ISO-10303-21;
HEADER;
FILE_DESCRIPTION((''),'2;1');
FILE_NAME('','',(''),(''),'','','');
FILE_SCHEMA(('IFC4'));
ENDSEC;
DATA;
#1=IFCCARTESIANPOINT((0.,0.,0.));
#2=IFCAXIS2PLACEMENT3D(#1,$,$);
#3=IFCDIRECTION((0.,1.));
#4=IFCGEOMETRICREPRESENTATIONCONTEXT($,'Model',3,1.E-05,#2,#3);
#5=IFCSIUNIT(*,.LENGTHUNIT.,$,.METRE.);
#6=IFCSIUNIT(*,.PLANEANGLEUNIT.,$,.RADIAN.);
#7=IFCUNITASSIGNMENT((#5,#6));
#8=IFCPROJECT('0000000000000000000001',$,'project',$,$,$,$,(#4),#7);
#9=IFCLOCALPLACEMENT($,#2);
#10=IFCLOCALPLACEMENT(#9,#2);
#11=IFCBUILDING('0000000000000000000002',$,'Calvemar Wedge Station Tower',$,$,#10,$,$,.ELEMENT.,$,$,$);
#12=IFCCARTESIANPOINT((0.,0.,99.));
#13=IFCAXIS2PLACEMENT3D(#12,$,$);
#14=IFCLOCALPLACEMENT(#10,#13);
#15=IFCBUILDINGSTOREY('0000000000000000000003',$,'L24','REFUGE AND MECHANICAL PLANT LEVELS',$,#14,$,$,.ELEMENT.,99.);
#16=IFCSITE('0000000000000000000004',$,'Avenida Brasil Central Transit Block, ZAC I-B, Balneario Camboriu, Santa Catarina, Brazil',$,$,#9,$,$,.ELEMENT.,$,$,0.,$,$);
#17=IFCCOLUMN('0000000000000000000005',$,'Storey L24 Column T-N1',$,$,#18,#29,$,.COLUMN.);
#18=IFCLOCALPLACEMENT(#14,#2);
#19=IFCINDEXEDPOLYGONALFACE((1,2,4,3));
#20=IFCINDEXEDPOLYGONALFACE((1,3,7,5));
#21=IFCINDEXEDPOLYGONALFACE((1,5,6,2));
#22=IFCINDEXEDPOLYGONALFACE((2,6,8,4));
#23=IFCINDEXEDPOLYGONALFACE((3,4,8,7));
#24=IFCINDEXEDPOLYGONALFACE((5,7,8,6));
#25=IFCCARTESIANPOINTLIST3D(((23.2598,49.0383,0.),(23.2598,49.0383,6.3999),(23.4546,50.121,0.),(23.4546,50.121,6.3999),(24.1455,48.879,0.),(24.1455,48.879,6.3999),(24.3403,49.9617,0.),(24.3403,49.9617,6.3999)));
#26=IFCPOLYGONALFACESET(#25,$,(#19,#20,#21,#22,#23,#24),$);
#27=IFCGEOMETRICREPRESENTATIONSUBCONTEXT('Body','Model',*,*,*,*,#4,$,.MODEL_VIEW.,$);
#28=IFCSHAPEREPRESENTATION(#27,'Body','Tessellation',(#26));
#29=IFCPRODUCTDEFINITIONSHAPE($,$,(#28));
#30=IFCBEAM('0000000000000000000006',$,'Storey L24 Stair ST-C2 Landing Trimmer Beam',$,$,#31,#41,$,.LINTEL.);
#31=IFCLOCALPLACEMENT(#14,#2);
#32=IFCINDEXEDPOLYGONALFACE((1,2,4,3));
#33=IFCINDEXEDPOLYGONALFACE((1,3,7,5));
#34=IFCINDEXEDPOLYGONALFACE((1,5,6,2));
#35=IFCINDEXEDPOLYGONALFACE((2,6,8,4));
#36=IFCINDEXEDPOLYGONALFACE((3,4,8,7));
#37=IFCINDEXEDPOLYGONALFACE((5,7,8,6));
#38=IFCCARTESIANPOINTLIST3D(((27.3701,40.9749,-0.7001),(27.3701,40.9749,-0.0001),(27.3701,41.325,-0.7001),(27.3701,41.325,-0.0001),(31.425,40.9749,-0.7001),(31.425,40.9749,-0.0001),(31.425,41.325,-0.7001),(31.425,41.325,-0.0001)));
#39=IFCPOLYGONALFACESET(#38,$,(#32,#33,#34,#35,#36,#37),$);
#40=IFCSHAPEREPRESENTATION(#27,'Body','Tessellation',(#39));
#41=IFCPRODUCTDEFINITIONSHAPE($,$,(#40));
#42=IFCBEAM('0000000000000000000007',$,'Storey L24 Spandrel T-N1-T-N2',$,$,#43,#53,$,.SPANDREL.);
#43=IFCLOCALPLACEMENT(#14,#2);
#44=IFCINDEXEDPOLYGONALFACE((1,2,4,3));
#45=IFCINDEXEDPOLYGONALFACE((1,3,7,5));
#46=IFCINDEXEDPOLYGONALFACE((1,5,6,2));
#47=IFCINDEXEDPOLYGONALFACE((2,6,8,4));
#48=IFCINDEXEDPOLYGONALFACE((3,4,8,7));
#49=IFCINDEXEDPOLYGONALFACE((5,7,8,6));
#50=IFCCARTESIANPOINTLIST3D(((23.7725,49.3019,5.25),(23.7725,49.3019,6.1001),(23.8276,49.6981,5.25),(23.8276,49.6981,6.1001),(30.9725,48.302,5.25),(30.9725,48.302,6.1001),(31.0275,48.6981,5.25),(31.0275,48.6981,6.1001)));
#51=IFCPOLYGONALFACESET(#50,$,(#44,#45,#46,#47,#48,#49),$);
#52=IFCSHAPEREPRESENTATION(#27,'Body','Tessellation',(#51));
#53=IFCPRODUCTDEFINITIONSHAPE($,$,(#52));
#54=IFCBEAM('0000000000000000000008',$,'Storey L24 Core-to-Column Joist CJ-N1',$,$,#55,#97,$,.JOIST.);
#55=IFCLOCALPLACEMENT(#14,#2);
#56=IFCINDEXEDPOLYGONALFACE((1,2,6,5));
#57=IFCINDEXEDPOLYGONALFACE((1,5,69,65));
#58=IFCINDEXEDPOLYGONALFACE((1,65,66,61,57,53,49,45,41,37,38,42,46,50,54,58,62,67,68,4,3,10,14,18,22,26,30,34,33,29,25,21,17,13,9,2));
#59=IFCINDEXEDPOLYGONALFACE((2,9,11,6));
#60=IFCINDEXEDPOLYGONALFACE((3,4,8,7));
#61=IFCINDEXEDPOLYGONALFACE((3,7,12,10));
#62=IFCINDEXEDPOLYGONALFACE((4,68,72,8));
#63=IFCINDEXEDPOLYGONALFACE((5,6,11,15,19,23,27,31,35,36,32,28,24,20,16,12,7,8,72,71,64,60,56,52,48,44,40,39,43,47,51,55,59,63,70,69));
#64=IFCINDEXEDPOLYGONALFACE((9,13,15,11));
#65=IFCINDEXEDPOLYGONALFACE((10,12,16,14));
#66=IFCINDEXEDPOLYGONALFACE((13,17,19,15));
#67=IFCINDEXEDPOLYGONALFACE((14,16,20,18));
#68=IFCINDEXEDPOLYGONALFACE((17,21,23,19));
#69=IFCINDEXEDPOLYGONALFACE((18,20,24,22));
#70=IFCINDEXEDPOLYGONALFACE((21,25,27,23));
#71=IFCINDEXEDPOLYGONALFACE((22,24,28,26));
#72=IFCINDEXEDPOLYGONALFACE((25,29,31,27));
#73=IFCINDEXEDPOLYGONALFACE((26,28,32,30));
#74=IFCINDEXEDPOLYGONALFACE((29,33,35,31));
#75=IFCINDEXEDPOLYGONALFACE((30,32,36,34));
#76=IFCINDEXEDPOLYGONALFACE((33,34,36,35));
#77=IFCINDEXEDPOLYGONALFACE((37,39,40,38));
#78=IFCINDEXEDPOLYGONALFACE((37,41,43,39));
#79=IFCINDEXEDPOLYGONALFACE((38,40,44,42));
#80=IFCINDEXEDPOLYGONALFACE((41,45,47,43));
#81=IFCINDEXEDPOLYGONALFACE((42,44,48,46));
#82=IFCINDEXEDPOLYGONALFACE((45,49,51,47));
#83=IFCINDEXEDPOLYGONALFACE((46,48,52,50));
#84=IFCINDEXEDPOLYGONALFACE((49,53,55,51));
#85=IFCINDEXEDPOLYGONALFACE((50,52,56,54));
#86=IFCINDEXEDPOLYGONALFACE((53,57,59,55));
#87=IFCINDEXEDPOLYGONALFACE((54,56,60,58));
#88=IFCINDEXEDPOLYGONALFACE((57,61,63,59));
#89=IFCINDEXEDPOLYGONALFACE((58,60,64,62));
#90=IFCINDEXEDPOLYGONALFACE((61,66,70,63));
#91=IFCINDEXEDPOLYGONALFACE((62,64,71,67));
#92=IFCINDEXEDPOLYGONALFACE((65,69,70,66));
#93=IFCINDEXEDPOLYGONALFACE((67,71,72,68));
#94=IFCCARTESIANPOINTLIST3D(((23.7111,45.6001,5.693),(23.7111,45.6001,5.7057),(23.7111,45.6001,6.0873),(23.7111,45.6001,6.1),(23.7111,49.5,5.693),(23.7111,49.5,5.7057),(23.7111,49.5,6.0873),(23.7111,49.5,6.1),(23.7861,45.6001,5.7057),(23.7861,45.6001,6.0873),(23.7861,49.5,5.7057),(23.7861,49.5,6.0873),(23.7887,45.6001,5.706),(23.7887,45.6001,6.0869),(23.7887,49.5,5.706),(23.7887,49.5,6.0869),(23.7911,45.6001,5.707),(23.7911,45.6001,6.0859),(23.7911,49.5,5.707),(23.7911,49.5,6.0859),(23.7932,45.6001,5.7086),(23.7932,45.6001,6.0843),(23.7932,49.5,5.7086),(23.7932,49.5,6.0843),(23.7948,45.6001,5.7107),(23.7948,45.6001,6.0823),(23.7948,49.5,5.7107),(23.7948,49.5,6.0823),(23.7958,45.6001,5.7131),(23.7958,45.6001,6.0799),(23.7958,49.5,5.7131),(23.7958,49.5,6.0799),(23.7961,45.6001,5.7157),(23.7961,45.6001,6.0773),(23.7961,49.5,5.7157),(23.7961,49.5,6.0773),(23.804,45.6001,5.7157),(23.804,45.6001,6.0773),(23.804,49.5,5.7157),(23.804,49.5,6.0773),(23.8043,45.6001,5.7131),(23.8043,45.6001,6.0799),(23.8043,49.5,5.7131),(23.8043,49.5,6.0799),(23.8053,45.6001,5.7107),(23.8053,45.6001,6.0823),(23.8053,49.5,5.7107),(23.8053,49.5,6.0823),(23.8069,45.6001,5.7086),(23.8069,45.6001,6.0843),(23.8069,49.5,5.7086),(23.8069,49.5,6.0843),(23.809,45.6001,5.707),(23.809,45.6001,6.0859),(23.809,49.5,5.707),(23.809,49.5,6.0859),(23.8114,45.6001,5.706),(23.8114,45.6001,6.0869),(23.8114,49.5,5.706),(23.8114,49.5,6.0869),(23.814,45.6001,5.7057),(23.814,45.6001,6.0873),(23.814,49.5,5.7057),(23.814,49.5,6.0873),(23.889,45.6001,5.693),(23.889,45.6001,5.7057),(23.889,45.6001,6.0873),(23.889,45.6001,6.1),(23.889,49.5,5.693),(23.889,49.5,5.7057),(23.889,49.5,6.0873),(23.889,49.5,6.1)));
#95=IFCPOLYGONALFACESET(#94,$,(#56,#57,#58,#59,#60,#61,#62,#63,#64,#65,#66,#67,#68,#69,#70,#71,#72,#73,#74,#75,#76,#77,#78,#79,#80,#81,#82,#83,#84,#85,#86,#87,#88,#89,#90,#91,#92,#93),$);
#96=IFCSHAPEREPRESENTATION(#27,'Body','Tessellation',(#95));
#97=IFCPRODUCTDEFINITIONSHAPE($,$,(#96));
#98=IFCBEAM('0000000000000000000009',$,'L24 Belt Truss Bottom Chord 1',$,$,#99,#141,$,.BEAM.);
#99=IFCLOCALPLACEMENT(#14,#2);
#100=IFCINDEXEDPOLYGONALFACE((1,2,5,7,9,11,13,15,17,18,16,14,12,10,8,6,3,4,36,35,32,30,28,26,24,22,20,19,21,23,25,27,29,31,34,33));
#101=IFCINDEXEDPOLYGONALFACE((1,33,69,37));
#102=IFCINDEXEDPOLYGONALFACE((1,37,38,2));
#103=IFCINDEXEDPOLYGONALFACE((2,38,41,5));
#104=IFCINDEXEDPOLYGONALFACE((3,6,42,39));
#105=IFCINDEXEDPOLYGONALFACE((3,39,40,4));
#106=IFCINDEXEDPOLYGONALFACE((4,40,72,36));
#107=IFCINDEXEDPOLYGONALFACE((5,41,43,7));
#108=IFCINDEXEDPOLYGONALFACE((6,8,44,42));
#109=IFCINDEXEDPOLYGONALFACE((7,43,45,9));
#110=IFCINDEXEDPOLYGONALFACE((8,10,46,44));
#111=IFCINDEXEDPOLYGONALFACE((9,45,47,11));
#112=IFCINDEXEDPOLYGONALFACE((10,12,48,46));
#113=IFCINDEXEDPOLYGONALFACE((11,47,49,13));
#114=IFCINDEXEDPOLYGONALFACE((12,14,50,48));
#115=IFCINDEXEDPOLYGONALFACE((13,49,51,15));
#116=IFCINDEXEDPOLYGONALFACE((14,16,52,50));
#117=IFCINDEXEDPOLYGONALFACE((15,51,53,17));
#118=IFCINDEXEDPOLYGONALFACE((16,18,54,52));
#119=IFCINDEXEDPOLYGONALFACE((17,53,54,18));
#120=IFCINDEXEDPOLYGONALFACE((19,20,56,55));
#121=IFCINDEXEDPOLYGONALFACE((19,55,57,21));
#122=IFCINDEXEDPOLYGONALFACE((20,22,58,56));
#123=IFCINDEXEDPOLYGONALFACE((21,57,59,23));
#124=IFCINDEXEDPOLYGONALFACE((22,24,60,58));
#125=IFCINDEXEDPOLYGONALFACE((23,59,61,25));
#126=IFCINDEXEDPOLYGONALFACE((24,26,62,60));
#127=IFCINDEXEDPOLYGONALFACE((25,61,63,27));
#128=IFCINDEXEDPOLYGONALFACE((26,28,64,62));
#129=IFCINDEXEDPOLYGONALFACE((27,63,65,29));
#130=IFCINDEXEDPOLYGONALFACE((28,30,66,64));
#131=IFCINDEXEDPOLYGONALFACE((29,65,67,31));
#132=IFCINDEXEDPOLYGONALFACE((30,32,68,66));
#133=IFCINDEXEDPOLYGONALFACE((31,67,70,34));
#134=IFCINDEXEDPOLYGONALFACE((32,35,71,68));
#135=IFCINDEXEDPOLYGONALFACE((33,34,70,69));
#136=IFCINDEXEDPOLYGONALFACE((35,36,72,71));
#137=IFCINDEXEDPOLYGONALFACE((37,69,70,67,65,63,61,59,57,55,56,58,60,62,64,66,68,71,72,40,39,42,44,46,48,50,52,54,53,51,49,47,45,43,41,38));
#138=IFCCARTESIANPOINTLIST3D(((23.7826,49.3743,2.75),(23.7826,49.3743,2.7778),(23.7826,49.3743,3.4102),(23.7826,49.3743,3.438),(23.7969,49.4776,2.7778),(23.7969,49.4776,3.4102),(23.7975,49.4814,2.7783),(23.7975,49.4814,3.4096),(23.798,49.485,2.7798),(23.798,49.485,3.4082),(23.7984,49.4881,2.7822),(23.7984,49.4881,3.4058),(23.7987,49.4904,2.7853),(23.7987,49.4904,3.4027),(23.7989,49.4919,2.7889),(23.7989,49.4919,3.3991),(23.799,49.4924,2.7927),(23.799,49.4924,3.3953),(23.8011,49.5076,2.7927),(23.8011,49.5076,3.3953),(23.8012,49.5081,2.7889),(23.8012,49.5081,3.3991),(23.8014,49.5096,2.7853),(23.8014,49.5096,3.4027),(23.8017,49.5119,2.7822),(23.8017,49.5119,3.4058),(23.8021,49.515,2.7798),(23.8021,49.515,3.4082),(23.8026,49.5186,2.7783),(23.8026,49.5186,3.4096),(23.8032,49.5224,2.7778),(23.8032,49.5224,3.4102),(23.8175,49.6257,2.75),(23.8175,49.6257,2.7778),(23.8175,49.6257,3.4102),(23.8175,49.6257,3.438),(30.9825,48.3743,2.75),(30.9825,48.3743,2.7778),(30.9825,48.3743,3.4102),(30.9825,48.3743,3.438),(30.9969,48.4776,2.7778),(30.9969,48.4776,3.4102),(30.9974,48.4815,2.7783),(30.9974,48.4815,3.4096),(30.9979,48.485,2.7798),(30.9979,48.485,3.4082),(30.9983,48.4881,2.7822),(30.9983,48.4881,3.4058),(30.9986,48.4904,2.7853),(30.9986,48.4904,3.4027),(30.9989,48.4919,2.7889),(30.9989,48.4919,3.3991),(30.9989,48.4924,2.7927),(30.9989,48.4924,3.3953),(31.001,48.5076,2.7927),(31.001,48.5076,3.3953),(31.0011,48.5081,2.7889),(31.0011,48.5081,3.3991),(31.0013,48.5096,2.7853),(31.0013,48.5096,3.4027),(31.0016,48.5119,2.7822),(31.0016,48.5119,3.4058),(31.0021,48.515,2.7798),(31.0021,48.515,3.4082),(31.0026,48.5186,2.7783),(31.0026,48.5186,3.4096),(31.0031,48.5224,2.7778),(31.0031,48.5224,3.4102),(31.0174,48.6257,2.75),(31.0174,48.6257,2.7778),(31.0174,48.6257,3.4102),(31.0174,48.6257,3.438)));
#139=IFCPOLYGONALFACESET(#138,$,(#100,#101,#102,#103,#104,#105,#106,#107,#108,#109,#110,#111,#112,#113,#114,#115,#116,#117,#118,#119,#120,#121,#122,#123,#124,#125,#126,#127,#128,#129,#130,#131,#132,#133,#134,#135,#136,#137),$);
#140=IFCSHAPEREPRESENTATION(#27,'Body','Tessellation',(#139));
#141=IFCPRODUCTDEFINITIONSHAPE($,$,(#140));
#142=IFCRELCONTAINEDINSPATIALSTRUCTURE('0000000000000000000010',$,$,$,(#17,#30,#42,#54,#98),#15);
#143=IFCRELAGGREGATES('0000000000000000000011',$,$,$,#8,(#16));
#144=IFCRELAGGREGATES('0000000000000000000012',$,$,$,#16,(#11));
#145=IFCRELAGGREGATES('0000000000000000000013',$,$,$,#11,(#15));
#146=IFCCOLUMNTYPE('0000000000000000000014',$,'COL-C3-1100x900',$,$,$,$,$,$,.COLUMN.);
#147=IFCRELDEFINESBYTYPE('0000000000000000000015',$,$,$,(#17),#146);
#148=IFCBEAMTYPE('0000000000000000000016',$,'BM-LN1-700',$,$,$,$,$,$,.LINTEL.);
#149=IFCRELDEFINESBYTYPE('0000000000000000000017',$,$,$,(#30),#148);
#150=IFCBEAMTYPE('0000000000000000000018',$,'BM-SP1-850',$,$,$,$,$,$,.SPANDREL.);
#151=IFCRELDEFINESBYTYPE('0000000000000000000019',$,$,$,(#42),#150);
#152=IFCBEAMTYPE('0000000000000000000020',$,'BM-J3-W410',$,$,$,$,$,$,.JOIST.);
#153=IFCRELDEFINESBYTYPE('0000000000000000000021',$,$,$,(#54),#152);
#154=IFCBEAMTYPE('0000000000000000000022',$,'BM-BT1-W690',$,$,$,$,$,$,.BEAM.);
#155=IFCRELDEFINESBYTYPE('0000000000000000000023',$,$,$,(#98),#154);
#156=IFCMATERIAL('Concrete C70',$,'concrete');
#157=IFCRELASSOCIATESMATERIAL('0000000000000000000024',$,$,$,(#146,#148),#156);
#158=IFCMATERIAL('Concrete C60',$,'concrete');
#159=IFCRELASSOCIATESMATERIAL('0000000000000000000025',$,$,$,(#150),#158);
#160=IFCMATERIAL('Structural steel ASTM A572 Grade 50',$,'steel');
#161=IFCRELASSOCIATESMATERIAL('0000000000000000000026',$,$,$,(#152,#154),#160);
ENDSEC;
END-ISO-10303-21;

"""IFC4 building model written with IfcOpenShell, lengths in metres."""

from ifc_helpers import new_model, si_unit, direction, frame, origin, origin_2d, place, context, subcontext, project, spatial, rectangle, i_section, extrude, source, transform, mapped, material, material_profile, profile_set, type_object, element, save


model = new_model("IFC4")

# Units and contexts
model_context = context("Model", 3, precision=1e-05, world=origin(), true_north=direction((0.0, 1.0)))
body_context = subcontext(model_context, "Body", "Model", "MODEL_VIEW")
ifc_project = project(units=[si_unit("LENGTHUNIT", "METRE"), si_unit("PLANEANGLEUNIT", "RADIAN")], contexts=[model_context])

# Site, building, storey
site_placement = place(None, origin())
site = spatial("IfcSite", under=ifc_project, at=site_placement, Name="Avenida Brasil Central Transit Block, ZAC I-B, Balneario Camboriu, Santa Catarina, Brazil", CompositionType="ELEMENT", RefElevation=0.0)
building_placement = place(site_placement, origin())
building = spatial("IfcBuilding", under=site, at=building_placement, Name="Calvemar Wedge Station Tower", CompositionType="ELEMENT")
storey_placement = place(building_placement, frame((0.0, 0.0, 99.0)))
storey = spatial("IfcBuildingStorey", under=building, at=storey_placement, Name="L24", Description="REFUGE AND MECHANICAL PLANT LEVELS", CompositionType="ELEMENT", Elevation=99.0)

# Column
ifc_material_1 = material(Name="Concrete C70", Category="concrete")
ifc_material_profile_1 = material_profile(ifc_material_1, rectangle(XDim=0.8999, YDim=1.1001, at=origin_2d()), Name="RC1100x900")
ifc_profile_set_1 = profile_set([ifc_material_profile_1], Name="Concrete C70")
column_type = type_object("IfcColumnType", Name="COL-C3-1100x900", PredefinedType="COLUMN", material=ifc_profile_set_1)
shared_shape_1 = source(origin(), body_context, "Body", "SweptSolid", [
    extrude(rectangle(XDim=0.8999, YDim=1.1001, at=origin_2d()), origin(), (0.0, 0.0, 1.0), 6.3999),
])
column_placement = place(storey_placement, frame((23.8, 49.5, 0.0), z_axis=(0.0, 0.0, 1.0), x_axis=(0.984196, -0.177085, 0.0)))
element("IfcColumn", 1, at=column_placement, inside=storey, type_object=column_type, Name="Storey L24 Column T-N1", PredefinedType="COLUMN", context=body_context, shape_type="MappedRepresentation", body=[
    mapped(shared_shape_1, transform((0.0, 0.0, 0.0), scale=1.0)),
])

# Beams
ifc_material_profile_2 = material_profile(ifc_material_1, rectangle(XDim=0.3501, YDim=0.7, at=origin_2d()), Name="RC350x700")
ifc_profile_set_2 = profile_set([ifc_material_profile_2], Name="Concrete C70")
beam_type_1 = type_object("IfcBeamType", Name="BM-LN1-700", PredefinedType="LINTEL", material=ifc_profile_set_2)
shared_shape_2 = source(origin(), body_context, "Body", "SweptSolid", [
    extrude(rectangle(XDim=0.3501, YDim=0.7, at=origin_2d()), origin(), (0.0, 0.0, 1.0), 4.0549),
])
beam_1_placement = place(storey_placement, frame((27.3701, 41.1499, -0.3501), z_axis=(1.0, 0.0, 0.0), x_axis=(0.0, 1.0, 0.0)))
element("IfcBeam", 2, at=beam_1_placement, inside=storey, type_object=beam_type_1, Name="Storey L24 Stair ST-C2 Landing Trimmer Beam", PredefinedType="LINTEL", context=body_context, shape_type="MappedRepresentation", body=[
    mapped(shared_shape_2, transform((0.0, 0.0, 0.0), scale=1.0)),
])
ifc_material_2 = material(Name="Concrete C60", Category="concrete")
ifc_material_profile_3 = material_profile(ifc_material_2, rectangle(XDim=0.3999, YDim=0.8501, at=origin_2d()), Name="RC400x850")
ifc_profile_set_3 = profile_set([ifc_material_profile_3], Name="Concrete C60")
beam_type_2 = type_object("IfcBeamType", Name="BM-SP1-850", PredefinedType="SPANDREL", material=ifc_profile_set_3)
shared_shape_3 = source(origin(), body_context, "Body", "SweptSolid", [
    extrude(rectangle(XDim=0.3999, YDim=0.8501, at=origin_2d()), origin(), (0.0, 0.0, 1.0), 7.269),
])
beam_2_placement = place(storey_placement, frame((23.8, 49.5, 5.675), z_axis=(0.990492, -0.137569, 0.0), x_axis=(0.137569, 0.990492, 0.0)))
element("IfcBeam", 3, at=beam_2_placement, inside=storey, type_object=beam_type_2, Name="Storey L24 Spandrel T-N1-T-N2", PredefinedType="SPANDREL", context=body_context, shape_type="MappedRepresentation", body=[
    mapped(shared_shape_3, transform((0.0, 0.0, 0.0), scale=1.0)),
])
ifc_material_3 = material(Name="Structural steel ASTM A572 Grade 50", Category="steel")
ifc_material_profile_4 = material_profile(ifc_material_3, i_section(OverallWidth=0.178, OverallDepth=0.407, WebThickness=0.0078, FlangeThickness=0.0127, FilletRadius=0.01, at=origin_2d()), Name="W410x60")
ifc_profile_set_4 = profile_set([ifc_material_profile_4], Name="Structural steel ASTM A572 Grade 50")
beam_type_3 = type_object("IfcBeamType", Name="BM-J3-W410", PredefinedType="JOIST", material=ifc_profile_set_4)
shared_shape_4 = source(origin(), body_context, "Body", "SweptSolid", [
    extrude(i_section(OverallWidth=0.178, OverallDepth=0.407, WebThickness=0.0078, FlangeThickness=0.0127, FilletRadius=0.01, at=origin_2d()), origin(), (0.0, 0.0, 1.0), 3.8999),
])
beam_3_placement = place(storey_placement, frame((23.8, 45.6001, 5.8965), z_axis=(0.0, 1.0, 0.0), x_axis=(-1.0, 0.0, 0.0)))
element("IfcBeam", 4, at=beam_3_placement, inside=storey, type_object=beam_type_3, Name="Storey L24 Core-to-Column Joist CJ-N1", PredefinedType="JOIST", context=body_context, shape_type="MappedRepresentation", body=[
    mapped(shared_shape_4, transform((0.0, 0.0, 0.0), scale=1.0)),
])
ifc_material_profile_5 = material_profile(ifc_material_3, i_section(OverallWidth=0.2539, OverallDepth=0.688, WebThickness=0.0154, FlangeThickness=0.0278, FilletRadius=0.0149, at=origin_2d()), Name="W690x192")
ifc_profile_set_5 = profile_set([ifc_material_profile_5], Name="Structural steel ASTM A572 Grade 50")
beam_type_4 = type_object("IfcBeamType", Name="BM-BT1-W690", PredefinedType="BEAM", material=ifc_profile_set_5)
shared_shape_5 = source(origin(), body_context, "Body", "SweptSolid", [
    extrude(i_section(OverallWidth=0.2539, OverallDepth=0.688, WebThickness=0.0154, FlangeThickness=0.0278, FilletRadius=0.0149, at=origin_2d()), origin(), (0.0, 0.0, 1.0), 7.269),
])
beam_4_placement = place(storey_placement, frame((23.8, 49.5, 3.094), z_axis=(0.990492, -0.137569, 0.0), x_axis=(0.137569, 0.990492, 0.0)))
element("IfcBeam", 5, at=beam_4_placement, inside=storey, type_object=beam_type_4, Name="L24 Belt Truss Bottom Chord 1", PredefinedType="BEAM", context=body_context, shape_type="MappedRepresentation", body=[
    mapped(shared_shape_5, transform((0.0, 0.0, 0.0), scale=1.0)),
])

save(model, "model.ifc")
